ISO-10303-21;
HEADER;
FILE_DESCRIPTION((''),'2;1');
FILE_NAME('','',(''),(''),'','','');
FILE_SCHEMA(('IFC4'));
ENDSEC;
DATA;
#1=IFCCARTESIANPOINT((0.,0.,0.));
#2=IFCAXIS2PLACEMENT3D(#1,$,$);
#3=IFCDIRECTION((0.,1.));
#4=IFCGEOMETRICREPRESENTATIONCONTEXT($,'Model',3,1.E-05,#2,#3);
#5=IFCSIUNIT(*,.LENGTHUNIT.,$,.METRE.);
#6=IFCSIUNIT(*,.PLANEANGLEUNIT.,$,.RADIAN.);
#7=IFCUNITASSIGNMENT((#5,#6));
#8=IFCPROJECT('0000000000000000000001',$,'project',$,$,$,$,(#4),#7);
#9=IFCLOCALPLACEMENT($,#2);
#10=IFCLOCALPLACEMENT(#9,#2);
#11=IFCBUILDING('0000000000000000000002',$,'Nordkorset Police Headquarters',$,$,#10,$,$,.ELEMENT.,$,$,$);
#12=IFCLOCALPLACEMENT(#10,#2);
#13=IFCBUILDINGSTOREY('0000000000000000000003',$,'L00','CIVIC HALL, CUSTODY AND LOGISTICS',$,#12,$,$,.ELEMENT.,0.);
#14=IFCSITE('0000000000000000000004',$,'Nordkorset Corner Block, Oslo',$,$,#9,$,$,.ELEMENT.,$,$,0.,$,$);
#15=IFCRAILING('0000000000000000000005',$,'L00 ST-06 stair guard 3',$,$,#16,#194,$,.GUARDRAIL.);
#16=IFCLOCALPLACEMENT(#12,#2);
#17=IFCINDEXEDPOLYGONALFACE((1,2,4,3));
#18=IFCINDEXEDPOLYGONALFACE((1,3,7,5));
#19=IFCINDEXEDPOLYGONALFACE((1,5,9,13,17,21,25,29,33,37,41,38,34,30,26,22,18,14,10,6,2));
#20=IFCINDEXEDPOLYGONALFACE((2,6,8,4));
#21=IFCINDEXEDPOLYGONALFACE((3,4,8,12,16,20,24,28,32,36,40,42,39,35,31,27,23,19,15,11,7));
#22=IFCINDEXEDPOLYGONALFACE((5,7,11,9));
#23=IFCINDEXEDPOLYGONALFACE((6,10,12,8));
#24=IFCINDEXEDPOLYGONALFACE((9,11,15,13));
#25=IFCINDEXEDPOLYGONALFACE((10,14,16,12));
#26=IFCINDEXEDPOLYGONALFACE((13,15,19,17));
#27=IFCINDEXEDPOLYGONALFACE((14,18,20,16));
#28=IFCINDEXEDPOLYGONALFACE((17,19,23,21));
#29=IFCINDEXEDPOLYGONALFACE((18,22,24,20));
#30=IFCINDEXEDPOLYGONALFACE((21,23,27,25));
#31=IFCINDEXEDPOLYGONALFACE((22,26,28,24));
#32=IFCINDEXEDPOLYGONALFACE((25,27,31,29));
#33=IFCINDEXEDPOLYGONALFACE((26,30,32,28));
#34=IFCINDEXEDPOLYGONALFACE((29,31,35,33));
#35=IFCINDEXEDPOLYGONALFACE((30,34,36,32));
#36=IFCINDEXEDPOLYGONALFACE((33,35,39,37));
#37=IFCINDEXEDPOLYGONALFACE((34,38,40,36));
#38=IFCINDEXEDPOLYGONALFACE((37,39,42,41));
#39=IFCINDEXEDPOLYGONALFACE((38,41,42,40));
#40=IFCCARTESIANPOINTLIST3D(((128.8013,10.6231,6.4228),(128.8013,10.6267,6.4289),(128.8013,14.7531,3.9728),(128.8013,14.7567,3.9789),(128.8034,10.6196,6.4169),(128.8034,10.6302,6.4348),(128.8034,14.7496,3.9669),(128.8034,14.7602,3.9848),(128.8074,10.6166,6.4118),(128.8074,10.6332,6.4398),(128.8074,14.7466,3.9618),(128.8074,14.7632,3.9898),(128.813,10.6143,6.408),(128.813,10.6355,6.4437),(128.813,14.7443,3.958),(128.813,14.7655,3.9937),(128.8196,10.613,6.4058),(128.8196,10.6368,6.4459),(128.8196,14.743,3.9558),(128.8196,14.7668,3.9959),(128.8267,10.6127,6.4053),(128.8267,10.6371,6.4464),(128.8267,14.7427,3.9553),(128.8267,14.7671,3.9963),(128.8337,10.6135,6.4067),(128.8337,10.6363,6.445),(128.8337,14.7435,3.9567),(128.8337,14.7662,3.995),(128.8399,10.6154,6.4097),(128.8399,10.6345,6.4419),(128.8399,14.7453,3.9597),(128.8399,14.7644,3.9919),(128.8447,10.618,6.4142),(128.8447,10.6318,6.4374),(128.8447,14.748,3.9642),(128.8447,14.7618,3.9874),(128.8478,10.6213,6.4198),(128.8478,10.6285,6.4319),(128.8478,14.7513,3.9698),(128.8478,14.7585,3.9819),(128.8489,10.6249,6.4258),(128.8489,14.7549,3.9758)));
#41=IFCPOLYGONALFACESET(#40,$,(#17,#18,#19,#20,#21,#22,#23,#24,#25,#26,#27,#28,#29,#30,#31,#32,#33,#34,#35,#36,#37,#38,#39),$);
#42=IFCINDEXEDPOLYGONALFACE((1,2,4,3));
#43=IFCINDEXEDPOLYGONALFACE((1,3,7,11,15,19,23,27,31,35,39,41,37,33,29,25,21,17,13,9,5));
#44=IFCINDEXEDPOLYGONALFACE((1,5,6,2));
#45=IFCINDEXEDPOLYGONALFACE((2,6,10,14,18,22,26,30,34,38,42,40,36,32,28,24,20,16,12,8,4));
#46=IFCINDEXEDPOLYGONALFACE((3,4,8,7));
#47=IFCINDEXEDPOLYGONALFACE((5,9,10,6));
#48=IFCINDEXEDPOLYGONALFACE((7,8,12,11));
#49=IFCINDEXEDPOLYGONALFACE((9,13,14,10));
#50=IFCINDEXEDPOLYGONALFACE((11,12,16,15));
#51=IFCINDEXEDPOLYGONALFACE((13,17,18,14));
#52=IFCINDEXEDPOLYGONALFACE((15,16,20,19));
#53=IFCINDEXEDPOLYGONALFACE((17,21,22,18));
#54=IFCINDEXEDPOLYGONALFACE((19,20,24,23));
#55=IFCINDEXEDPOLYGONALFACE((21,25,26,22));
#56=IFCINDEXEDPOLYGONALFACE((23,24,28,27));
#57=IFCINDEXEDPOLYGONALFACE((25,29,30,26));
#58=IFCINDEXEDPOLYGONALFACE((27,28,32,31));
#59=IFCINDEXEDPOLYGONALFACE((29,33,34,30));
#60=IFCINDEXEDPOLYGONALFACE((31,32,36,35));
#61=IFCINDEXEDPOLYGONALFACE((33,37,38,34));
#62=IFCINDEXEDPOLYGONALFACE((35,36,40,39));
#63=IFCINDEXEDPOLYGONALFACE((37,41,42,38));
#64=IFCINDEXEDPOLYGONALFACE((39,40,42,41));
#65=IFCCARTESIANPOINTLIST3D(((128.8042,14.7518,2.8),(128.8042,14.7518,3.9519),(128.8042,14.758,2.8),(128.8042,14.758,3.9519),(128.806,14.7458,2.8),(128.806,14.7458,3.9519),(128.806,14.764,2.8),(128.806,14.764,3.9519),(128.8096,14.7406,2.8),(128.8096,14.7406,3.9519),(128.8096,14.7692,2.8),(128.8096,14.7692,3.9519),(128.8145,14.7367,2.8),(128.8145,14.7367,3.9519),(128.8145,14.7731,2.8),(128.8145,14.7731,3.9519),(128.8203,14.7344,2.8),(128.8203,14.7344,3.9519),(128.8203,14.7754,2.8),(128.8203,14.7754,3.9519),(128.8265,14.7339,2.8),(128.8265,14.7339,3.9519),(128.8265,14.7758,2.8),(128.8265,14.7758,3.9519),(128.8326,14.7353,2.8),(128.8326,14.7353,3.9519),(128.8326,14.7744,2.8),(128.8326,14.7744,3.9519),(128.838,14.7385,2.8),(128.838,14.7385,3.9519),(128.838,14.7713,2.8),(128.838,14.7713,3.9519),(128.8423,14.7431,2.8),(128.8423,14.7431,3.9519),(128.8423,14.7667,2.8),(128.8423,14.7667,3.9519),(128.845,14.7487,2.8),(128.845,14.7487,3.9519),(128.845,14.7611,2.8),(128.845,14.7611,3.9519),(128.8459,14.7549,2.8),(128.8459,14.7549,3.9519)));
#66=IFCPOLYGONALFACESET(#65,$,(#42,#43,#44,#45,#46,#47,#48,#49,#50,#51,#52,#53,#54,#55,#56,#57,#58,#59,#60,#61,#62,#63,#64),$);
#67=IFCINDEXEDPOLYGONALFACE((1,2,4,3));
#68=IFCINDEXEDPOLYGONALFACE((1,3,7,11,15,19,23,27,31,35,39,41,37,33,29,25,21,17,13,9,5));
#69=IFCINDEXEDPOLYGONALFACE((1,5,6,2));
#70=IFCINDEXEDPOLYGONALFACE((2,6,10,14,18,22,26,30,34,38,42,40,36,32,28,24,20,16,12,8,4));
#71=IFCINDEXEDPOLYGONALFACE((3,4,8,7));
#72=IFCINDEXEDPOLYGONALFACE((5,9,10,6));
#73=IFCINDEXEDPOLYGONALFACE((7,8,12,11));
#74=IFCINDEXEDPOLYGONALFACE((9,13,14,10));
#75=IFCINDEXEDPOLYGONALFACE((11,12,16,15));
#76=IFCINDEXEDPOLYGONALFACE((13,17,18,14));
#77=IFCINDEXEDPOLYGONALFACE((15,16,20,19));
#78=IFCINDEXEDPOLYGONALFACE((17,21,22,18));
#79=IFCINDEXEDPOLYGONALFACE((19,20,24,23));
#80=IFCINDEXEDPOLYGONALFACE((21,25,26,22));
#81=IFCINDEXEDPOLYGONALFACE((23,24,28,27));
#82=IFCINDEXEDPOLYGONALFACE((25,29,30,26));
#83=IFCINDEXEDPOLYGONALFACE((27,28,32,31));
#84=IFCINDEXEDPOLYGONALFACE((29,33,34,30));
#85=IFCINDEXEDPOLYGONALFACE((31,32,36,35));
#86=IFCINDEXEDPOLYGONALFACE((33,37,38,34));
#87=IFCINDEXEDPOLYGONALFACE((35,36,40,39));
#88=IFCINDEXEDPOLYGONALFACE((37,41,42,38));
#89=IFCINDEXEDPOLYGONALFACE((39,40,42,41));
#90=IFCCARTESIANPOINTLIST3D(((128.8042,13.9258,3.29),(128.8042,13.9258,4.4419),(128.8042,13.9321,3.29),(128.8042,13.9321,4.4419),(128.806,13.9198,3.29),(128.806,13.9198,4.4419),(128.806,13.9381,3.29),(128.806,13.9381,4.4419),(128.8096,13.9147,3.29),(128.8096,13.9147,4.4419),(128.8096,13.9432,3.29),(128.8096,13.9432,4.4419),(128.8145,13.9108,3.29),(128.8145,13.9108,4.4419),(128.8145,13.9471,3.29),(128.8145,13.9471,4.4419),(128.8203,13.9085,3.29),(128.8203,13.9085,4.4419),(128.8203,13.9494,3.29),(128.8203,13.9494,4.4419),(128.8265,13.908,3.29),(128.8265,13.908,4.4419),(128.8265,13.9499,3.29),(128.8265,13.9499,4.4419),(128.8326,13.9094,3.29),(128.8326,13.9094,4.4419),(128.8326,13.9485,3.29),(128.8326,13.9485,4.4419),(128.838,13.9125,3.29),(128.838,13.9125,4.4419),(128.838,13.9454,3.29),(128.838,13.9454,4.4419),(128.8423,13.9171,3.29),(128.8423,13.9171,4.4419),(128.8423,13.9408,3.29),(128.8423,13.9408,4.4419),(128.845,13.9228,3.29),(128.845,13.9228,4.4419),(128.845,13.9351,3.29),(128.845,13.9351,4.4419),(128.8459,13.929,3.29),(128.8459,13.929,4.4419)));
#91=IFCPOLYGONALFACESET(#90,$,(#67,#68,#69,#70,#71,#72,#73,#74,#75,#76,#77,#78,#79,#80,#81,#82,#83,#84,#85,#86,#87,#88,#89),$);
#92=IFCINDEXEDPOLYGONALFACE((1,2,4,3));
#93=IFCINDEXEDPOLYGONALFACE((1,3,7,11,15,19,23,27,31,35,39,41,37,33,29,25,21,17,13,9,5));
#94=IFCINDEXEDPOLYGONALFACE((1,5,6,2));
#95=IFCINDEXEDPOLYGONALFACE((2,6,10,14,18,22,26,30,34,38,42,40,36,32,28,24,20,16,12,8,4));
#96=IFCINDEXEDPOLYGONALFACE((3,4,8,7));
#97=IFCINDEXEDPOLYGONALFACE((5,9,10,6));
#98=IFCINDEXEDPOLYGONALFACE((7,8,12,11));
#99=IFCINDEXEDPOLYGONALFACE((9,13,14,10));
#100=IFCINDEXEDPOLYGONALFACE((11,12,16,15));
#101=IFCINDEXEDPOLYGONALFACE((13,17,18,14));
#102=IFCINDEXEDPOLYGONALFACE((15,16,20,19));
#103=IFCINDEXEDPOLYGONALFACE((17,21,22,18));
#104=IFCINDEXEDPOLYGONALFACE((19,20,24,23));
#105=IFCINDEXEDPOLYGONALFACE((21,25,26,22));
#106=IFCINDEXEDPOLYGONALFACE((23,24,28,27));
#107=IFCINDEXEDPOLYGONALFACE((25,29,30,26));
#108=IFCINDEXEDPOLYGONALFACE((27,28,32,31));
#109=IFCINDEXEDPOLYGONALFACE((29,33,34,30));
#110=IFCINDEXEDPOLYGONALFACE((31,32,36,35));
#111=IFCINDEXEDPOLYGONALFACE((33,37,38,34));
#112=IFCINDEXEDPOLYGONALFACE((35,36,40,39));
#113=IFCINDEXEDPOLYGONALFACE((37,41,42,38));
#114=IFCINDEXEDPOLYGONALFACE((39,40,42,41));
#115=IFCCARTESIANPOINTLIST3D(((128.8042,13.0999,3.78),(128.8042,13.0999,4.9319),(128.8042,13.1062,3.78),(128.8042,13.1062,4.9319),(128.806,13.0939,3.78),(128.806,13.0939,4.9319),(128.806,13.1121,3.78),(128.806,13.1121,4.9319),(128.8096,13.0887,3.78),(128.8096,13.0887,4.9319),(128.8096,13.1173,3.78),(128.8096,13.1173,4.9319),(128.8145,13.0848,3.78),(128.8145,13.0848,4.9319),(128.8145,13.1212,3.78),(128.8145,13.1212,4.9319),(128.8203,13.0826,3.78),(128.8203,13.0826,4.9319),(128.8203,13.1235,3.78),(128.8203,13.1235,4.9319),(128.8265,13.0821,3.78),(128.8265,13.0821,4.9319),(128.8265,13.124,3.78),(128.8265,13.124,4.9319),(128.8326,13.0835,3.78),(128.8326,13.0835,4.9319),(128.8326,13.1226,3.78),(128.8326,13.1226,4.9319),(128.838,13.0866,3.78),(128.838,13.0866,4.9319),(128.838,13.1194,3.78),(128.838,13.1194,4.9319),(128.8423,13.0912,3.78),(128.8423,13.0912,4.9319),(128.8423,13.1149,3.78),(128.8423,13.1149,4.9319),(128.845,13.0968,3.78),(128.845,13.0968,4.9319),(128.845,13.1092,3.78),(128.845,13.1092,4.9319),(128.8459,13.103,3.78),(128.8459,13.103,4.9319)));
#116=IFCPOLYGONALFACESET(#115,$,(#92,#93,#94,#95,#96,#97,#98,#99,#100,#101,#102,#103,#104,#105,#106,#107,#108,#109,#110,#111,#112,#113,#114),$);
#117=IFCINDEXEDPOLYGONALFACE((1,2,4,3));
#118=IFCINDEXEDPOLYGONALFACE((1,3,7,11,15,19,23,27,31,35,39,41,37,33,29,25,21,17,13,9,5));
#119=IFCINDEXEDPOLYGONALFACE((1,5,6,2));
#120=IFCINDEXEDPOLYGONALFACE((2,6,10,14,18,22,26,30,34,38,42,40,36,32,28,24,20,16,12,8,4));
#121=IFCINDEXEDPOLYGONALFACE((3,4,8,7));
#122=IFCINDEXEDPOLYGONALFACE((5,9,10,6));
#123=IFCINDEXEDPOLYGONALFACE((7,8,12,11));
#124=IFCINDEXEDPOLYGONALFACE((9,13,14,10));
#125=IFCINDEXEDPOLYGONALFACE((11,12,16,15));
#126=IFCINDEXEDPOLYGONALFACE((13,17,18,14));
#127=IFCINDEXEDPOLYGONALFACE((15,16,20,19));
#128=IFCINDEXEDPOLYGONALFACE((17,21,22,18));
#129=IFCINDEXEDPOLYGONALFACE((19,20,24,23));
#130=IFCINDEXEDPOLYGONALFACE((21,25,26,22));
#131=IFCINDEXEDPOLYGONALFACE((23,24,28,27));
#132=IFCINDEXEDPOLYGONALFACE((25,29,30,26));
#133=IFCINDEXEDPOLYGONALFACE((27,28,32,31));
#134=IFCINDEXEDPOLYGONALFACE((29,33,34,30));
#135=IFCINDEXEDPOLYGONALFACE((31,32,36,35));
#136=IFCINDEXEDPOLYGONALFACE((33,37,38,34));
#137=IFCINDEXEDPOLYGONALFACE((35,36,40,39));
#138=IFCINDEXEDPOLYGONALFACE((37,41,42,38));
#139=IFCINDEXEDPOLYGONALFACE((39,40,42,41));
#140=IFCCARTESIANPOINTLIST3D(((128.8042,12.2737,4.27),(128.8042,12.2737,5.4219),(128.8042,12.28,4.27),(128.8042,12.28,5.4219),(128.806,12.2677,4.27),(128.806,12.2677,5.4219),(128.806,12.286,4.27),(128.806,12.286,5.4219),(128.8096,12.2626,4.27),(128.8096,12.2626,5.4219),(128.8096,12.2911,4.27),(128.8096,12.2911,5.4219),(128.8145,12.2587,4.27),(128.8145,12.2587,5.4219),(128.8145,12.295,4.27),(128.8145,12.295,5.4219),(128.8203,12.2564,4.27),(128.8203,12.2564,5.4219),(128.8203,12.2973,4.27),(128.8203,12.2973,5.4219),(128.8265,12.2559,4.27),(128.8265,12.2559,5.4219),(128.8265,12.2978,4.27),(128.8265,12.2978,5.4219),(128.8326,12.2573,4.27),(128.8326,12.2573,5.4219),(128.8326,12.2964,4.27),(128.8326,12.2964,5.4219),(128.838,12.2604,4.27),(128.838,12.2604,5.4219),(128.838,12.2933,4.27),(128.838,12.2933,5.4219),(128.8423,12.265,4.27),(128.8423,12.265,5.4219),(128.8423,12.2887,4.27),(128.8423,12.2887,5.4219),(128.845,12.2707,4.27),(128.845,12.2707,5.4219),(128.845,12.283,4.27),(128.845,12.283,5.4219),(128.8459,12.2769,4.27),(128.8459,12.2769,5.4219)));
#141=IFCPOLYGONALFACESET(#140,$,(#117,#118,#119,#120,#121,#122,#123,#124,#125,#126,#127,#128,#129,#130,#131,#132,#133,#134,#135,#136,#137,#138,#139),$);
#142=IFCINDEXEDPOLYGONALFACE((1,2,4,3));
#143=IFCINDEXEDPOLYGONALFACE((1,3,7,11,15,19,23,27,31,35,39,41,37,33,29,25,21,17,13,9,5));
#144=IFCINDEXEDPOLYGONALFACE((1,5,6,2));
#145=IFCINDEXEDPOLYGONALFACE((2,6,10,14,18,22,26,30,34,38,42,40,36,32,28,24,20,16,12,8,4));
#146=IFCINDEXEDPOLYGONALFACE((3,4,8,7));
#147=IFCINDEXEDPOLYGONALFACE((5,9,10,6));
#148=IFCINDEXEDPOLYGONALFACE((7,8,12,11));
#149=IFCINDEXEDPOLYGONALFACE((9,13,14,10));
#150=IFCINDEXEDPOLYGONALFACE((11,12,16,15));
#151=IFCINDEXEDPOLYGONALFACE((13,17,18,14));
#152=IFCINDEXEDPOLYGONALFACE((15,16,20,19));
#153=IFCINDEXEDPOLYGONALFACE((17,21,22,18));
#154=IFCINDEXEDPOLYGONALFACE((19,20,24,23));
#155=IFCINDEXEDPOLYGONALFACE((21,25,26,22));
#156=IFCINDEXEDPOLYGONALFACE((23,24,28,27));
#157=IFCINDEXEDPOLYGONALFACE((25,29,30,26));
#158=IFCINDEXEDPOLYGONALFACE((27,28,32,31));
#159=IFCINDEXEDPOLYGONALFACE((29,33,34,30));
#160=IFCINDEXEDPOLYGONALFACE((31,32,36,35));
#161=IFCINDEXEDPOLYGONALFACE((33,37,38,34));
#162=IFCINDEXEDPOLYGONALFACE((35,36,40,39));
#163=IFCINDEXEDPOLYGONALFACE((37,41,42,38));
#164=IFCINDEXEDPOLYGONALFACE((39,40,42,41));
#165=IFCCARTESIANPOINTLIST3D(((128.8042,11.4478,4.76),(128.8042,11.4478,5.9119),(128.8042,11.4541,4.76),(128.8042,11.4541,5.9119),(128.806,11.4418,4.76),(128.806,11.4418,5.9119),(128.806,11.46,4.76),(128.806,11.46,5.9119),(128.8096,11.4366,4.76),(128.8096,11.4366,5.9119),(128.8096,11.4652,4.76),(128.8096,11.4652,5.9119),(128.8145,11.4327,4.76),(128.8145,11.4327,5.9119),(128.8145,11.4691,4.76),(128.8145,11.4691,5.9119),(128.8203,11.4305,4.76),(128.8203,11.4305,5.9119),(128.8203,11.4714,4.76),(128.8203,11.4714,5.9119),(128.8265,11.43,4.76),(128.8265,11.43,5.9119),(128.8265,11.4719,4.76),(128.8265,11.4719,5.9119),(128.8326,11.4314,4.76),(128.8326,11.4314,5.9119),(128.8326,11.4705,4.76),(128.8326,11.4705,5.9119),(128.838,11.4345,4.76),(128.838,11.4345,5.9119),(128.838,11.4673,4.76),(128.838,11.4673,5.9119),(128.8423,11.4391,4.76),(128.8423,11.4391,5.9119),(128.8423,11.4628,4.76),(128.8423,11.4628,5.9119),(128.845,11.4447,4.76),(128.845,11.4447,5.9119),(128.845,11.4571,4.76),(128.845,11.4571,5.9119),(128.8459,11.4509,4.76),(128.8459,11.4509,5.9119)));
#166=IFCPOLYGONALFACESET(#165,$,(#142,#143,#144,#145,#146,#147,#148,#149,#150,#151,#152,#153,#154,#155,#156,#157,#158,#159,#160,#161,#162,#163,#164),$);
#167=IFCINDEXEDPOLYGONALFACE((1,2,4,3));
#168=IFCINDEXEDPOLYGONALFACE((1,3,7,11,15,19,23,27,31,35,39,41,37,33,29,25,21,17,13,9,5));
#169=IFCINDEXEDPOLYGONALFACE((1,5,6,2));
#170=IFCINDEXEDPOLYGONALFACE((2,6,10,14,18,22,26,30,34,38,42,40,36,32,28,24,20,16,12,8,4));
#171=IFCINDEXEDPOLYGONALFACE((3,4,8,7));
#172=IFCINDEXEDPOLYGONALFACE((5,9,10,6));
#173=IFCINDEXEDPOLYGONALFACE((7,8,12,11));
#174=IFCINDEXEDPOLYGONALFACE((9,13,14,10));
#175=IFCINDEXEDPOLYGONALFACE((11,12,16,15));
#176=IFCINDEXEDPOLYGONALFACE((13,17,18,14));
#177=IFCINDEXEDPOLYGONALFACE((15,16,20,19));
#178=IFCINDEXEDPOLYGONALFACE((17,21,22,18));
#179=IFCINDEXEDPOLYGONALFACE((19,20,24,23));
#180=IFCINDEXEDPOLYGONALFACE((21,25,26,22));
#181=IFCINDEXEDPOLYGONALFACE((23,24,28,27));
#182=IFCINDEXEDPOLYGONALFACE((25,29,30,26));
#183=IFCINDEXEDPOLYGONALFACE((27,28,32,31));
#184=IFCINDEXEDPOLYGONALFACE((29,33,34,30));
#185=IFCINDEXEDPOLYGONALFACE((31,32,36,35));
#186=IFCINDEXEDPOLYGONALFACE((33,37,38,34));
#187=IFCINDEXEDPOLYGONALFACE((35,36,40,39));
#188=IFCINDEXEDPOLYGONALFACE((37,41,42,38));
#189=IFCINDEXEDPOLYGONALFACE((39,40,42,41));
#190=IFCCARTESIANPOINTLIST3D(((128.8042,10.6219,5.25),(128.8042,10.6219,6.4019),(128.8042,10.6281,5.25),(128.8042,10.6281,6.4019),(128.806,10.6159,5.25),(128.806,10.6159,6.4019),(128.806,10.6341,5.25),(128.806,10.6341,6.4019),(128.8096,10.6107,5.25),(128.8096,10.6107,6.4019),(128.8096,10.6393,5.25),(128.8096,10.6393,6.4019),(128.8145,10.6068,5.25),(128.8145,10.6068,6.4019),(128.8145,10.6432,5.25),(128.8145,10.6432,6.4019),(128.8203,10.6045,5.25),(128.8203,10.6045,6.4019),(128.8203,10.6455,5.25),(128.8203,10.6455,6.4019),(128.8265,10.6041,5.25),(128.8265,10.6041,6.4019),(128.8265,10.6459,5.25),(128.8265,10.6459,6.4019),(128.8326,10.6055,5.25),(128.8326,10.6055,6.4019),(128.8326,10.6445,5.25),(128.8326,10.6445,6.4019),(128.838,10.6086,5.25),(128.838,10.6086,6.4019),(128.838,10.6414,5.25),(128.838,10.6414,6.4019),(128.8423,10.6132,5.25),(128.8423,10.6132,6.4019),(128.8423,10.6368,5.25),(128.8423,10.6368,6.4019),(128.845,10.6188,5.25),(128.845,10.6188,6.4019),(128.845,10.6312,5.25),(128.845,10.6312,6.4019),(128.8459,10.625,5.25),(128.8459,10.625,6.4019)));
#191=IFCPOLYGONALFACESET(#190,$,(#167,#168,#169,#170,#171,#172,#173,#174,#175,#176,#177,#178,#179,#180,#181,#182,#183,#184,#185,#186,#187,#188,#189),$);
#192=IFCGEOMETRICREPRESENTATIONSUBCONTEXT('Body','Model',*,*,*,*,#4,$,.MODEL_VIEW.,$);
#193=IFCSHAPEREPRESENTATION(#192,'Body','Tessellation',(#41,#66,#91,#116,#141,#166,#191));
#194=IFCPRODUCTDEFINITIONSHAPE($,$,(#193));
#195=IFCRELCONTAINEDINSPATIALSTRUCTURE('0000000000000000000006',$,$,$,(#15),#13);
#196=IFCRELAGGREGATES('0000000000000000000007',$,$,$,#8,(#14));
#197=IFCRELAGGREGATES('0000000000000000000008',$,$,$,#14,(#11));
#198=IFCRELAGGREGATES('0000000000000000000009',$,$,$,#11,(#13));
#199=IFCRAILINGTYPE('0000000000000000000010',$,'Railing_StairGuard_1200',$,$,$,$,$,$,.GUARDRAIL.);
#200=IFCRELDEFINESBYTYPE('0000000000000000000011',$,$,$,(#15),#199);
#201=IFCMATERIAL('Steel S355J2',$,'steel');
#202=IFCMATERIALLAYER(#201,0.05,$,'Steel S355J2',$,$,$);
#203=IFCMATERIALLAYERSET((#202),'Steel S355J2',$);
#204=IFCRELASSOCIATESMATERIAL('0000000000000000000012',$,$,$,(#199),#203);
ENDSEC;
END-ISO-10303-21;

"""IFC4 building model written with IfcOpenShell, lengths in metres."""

from ifc_helpers import new_model, si_unit, direction, frame, origin, origin_2d, place, context, subcontext, project, spatial, circle, extrude, material, layer, layer_set, type_object, element, save


model = new_model("IFC4")

# Units and contexts
model_context = context("Model", 3, precision=1e-05, world=origin(), true_north=direction((0.0, 1.0)))
body_context = subcontext(model_context, "Body", "Model", "MODEL_VIEW")
ifc_project = project(units=[si_unit("LENGTHUNIT", "METRE"), si_unit("PLANEANGLEUNIT", "RADIAN")], contexts=[model_context])

# Site, building, storey
site_placement = place(None, origin())
site = spatial("IfcSite", under=ifc_project, at=site_placement, Name="Nordkorset Corner Block, Oslo", CompositionType="ELEMENT", RefElevation=0.0)
building_placement = place(site_placement, origin())
building = spatial("IfcBuilding", under=site, at=building_placement, Name="Nordkorset Police Headquarters", CompositionType="ELEMENT")
storey_placement = place(building_placement, origin())
storey = spatial("IfcBuildingStorey", under=building, at=storey_placement, Name="L00", Description="CIVIC HALL, CUSTODY AND LOGISTICS", CompositionType="ELEMENT", Elevation=0.0)

# Railing
ifc_material_1 = material(Name="Steel S355J2", Category="steel")
ifc_layer_1 = layer(ifc_material_1, 0.05, Name="Steel S355J2")
ifc_layer_set_1 = layer_set([ifc_layer_1], Name="Steel S355J2")
railing_type_1 = type_object("IfcRailingType", Name="Railing_StairGuard_1200", PredefinedType="GUARDRAIL", material=ifc_layer_set_1)
railing_1_placement = place(storey_placement, frame((128.825, 14.7549, 2.8)))
element("IfcRailing", 1, at=railing_1_placement, inside=storey, type_object=railing_type_1, Name="L00 ST-06 stair guard 3", PredefinedType="GUARDRAIL", context=body_context, shape_type="SweptSolid", body=[
    extrude(circle(Radius=0.0239, at=origin_2d()), frame((0.0, 0.0, 1.1758), z_axis=(0.0, -0.860053, 0.510205), x_axis=(1.0, 0.0, 0.0)), (0.0, 0.0, 1.0), 4.802),
    extrude(circle(Radius=0.021, at=origin_2d()), origin(), (0.0, 0.0, 1.0), 1.1519),
    extrude(circle(Radius=0.021, at=origin_2d()), frame((0.0, -0.8259, 0.49)), (0.0, 0.0, 1.0), 1.1519),
    extrude(circle(Radius=0.021, at=origin_2d()), frame((0.0, -1.6519, 0.98)), (0.0, 0.0, 1.0), 1.1519),
    extrude(circle(Radius=0.021, at=origin_2d()), frame((0.0, -2.478, 1.47)), (0.0, 0.0, 1.0), 1.1519),
    extrude(circle(Radius=0.021, at=origin_2d()), frame((0.0, -3.304, 1.96)), (0.0, 0.0, 1.0), 1.1519),
    extrude(circle(Radius=0.021, at=origin_2d()), frame((0.0, -4.1299, 2.45)), (0.0, 0.0, 1.0), 1.1519),
])

save(model, "model.ifc")
